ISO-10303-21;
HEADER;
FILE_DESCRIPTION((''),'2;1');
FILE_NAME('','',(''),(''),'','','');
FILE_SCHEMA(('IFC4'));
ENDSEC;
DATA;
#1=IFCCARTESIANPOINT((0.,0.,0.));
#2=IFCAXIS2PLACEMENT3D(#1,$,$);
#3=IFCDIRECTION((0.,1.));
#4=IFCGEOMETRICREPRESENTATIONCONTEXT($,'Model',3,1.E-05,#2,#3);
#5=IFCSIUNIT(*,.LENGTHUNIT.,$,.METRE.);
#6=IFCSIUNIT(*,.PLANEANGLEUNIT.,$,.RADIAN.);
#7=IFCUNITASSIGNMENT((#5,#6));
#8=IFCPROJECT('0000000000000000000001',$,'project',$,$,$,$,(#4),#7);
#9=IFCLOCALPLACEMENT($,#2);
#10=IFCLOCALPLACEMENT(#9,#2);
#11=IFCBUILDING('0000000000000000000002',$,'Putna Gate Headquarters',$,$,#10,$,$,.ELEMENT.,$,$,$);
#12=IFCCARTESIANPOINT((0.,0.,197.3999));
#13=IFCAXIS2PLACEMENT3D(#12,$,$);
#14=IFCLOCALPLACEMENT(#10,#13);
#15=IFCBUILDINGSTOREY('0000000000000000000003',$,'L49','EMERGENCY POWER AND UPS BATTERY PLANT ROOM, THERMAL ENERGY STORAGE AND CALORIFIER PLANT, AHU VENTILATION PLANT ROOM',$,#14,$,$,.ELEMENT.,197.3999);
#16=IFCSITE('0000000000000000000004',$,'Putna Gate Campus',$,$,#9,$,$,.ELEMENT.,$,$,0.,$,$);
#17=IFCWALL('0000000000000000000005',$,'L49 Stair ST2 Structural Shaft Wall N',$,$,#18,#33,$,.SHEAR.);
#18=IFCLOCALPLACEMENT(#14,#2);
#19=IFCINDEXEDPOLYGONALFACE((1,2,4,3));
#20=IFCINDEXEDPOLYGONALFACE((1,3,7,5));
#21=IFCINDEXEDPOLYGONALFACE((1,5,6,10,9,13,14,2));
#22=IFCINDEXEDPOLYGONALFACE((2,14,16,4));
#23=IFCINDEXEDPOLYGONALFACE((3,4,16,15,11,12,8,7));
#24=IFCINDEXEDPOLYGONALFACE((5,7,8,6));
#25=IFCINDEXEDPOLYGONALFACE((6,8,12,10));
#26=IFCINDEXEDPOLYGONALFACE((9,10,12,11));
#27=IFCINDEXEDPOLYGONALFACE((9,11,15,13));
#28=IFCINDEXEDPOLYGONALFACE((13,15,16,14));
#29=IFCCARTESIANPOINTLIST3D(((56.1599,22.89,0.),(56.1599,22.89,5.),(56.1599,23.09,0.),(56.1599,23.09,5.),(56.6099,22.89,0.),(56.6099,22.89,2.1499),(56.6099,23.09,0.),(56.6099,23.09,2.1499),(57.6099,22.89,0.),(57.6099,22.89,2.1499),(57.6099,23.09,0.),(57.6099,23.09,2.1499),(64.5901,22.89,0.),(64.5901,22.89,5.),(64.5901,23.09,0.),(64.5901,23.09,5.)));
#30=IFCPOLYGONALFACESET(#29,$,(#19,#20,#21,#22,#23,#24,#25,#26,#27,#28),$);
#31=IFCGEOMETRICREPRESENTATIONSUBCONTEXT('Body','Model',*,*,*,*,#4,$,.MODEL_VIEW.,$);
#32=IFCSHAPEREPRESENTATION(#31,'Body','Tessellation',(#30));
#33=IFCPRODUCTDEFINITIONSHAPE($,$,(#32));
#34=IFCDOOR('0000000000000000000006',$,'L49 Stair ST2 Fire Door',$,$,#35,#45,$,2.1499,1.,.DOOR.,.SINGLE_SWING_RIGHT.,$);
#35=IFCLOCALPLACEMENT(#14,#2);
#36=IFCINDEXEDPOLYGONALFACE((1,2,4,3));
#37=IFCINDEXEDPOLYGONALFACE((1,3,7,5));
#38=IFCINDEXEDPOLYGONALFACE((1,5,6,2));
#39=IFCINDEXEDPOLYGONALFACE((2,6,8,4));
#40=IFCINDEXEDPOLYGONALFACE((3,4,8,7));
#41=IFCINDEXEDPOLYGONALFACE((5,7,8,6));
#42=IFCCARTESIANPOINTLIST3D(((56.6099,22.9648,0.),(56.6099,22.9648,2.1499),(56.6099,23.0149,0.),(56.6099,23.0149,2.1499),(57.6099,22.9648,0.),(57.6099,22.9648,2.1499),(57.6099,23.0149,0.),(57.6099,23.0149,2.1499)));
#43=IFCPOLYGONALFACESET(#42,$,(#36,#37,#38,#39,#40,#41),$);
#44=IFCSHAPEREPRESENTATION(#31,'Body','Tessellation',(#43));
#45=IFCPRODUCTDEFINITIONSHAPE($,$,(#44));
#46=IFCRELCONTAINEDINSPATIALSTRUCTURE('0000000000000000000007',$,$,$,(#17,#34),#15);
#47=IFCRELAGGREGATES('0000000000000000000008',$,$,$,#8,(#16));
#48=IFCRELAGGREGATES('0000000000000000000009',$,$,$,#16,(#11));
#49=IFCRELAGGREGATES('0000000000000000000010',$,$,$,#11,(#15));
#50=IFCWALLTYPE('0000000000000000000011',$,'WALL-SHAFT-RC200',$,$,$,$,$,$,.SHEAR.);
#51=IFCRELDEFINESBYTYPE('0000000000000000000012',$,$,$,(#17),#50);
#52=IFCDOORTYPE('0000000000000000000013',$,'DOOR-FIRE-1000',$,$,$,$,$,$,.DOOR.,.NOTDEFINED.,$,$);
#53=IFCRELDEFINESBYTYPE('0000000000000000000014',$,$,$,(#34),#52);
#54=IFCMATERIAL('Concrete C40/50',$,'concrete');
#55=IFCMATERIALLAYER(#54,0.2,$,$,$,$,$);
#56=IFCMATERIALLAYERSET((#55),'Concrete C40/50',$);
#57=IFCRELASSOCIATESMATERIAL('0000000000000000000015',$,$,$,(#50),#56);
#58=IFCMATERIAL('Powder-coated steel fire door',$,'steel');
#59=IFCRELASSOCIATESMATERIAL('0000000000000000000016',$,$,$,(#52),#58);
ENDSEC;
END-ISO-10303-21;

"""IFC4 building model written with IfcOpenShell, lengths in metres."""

from ifc_helpers import new_model, si_unit, direction, frame, frame_2d, origin, place, context, subcontext, project, spatial, rectangle, extrude, material, layer, layer_set, type_object, element, fill, save


model = new_model("IFC4")

# Units and contexts
model_context = context("Model", 3, precision=1e-05, world=origin(), true_north=direction((0.0, 1.0)))
body_context = subcontext(model_context, "Body", "Model", "MODEL_VIEW")
ifc_project = project(units=[si_unit("LENGTHUNIT", "METRE"), si_unit("PLANEANGLEUNIT", "RADIAN")], contexts=[model_context])

# Site, building, storey
site_placement = place(None, origin())
site = spatial("IfcSite", under=ifc_project, at=site_placement, Name="Putna Gate Campus", CompositionType="ELEMENT", RefElevation=0.0)
building_placement = place(site_placement, origin())
building = spatial("IfcBuilding", under=site, at=building_placement, Name="Putna Gate Headquarters", CompositionType="ELEMENT")
storey_placement = place(building_placement, frame((0.0, 0.0, 197.3999)))
storey = spatial("IfcBuildingStorey", under=building, at=storey_placement, Name="L49", Description="EMERGENCY POWER AND UPS BATTERY PLANT ROOM, THERMAL ENERGY STORAGE AND CALORIFIER PLANT, AHU VENTILATION PLANT ROOM", CompositionType="ELEMENT", Elevation=197.3999)

# Wall, opening, door
ifc_material_1 = material(Name="Concrete C40/50", Category="concrete")
ifc_layer_1 = layer(ifc_material_1, 0.2)
ifc_layer_set_1 = layer_set([ifc_layer_1], Name="Concrete C40/50")
wall_type_1 = type_object("IfcWallType", Name="WALL-SHAFT-RC200", PredefinedType="SHEAR", material=ifc_layer_set_1)
wall_1_placement = place(storey_placement, frame((56.1599, 22.99, 0.0), z_axis=(0.0, 0.0, 1.0), x_axis=(1.0, 0.0, 0.0)))
wall_1 = element("IfcWall", 1, at=wall_1_placement, inside=storey, type_object=wall_type_1, Name="L49 Stair ST2 Structural Shaft Wall N", PredefinedType="SHEAR", context=body_context, shape_type="SweptSolid", body=[
    extrude(rectangle(XDim=8.4302, YDim=0.2, at=frame_2d((4.2151, 0.0))), origin(), (0.0, 0.0, 1.0), 5.0),
])
opening_1_placement = place(wall_1_placement, frame((0.45, 0.0, 0.0)))
opening_1 = element("IfcOpeningElement", 2, at=opening_1_placement, cuts=wall_1, PredefinedType="OPENING", context=body_context, shape_type="SweptSolid", body=[
    extrude(rectangle(XDim=1.0, YDim=2.1499, at=frame_2d((0.5, 1.075))), frame((0.0, 0.1099, 0.0), z_axis=(0.0, -1.0, 0.0), x_axis=(1.0, 0.0, 0.0)), (0.0, 0.0, 1.0), 0.22),
])
ifc_material_2 = material(Name="Powder-coated steel fire door", Category="steel")
door_type_1 = type_object("IfcDoorType", Name="DOOR-FIRE-1000", OperationType="NOTDEFINED", PredefinedType="DOOR", material=ifc_material_2)
door_1_placement = place(opening_1_placement, origin())
door_1 = element("IfcDoor", 3, at=door_1_placement, inside=storey, type_object=door_type_1, Name="L49 Stair ST2 Fire Door", OperationType="SINGLE_SWING_RIGHT", OverallHeight=2.1499, OverallWidth=1.0, PredefinedType="DOOR", context=body_context, shape_type="SweptSolid", body=[
    extrude(rectangle(XDim=1.0, YDim=2.1499, at=frame_2d((0.5, 1.075))), frame((0.0, 0.0249, 0.0), z_axis=(0.0, -1.0, 0.0), x_axis=(1.0, 0.0, 0.0)), (0.0, 0.0, 1.0), 0.05),
])
fill(opening_1, door_1)

save(model, "model.ifc")
